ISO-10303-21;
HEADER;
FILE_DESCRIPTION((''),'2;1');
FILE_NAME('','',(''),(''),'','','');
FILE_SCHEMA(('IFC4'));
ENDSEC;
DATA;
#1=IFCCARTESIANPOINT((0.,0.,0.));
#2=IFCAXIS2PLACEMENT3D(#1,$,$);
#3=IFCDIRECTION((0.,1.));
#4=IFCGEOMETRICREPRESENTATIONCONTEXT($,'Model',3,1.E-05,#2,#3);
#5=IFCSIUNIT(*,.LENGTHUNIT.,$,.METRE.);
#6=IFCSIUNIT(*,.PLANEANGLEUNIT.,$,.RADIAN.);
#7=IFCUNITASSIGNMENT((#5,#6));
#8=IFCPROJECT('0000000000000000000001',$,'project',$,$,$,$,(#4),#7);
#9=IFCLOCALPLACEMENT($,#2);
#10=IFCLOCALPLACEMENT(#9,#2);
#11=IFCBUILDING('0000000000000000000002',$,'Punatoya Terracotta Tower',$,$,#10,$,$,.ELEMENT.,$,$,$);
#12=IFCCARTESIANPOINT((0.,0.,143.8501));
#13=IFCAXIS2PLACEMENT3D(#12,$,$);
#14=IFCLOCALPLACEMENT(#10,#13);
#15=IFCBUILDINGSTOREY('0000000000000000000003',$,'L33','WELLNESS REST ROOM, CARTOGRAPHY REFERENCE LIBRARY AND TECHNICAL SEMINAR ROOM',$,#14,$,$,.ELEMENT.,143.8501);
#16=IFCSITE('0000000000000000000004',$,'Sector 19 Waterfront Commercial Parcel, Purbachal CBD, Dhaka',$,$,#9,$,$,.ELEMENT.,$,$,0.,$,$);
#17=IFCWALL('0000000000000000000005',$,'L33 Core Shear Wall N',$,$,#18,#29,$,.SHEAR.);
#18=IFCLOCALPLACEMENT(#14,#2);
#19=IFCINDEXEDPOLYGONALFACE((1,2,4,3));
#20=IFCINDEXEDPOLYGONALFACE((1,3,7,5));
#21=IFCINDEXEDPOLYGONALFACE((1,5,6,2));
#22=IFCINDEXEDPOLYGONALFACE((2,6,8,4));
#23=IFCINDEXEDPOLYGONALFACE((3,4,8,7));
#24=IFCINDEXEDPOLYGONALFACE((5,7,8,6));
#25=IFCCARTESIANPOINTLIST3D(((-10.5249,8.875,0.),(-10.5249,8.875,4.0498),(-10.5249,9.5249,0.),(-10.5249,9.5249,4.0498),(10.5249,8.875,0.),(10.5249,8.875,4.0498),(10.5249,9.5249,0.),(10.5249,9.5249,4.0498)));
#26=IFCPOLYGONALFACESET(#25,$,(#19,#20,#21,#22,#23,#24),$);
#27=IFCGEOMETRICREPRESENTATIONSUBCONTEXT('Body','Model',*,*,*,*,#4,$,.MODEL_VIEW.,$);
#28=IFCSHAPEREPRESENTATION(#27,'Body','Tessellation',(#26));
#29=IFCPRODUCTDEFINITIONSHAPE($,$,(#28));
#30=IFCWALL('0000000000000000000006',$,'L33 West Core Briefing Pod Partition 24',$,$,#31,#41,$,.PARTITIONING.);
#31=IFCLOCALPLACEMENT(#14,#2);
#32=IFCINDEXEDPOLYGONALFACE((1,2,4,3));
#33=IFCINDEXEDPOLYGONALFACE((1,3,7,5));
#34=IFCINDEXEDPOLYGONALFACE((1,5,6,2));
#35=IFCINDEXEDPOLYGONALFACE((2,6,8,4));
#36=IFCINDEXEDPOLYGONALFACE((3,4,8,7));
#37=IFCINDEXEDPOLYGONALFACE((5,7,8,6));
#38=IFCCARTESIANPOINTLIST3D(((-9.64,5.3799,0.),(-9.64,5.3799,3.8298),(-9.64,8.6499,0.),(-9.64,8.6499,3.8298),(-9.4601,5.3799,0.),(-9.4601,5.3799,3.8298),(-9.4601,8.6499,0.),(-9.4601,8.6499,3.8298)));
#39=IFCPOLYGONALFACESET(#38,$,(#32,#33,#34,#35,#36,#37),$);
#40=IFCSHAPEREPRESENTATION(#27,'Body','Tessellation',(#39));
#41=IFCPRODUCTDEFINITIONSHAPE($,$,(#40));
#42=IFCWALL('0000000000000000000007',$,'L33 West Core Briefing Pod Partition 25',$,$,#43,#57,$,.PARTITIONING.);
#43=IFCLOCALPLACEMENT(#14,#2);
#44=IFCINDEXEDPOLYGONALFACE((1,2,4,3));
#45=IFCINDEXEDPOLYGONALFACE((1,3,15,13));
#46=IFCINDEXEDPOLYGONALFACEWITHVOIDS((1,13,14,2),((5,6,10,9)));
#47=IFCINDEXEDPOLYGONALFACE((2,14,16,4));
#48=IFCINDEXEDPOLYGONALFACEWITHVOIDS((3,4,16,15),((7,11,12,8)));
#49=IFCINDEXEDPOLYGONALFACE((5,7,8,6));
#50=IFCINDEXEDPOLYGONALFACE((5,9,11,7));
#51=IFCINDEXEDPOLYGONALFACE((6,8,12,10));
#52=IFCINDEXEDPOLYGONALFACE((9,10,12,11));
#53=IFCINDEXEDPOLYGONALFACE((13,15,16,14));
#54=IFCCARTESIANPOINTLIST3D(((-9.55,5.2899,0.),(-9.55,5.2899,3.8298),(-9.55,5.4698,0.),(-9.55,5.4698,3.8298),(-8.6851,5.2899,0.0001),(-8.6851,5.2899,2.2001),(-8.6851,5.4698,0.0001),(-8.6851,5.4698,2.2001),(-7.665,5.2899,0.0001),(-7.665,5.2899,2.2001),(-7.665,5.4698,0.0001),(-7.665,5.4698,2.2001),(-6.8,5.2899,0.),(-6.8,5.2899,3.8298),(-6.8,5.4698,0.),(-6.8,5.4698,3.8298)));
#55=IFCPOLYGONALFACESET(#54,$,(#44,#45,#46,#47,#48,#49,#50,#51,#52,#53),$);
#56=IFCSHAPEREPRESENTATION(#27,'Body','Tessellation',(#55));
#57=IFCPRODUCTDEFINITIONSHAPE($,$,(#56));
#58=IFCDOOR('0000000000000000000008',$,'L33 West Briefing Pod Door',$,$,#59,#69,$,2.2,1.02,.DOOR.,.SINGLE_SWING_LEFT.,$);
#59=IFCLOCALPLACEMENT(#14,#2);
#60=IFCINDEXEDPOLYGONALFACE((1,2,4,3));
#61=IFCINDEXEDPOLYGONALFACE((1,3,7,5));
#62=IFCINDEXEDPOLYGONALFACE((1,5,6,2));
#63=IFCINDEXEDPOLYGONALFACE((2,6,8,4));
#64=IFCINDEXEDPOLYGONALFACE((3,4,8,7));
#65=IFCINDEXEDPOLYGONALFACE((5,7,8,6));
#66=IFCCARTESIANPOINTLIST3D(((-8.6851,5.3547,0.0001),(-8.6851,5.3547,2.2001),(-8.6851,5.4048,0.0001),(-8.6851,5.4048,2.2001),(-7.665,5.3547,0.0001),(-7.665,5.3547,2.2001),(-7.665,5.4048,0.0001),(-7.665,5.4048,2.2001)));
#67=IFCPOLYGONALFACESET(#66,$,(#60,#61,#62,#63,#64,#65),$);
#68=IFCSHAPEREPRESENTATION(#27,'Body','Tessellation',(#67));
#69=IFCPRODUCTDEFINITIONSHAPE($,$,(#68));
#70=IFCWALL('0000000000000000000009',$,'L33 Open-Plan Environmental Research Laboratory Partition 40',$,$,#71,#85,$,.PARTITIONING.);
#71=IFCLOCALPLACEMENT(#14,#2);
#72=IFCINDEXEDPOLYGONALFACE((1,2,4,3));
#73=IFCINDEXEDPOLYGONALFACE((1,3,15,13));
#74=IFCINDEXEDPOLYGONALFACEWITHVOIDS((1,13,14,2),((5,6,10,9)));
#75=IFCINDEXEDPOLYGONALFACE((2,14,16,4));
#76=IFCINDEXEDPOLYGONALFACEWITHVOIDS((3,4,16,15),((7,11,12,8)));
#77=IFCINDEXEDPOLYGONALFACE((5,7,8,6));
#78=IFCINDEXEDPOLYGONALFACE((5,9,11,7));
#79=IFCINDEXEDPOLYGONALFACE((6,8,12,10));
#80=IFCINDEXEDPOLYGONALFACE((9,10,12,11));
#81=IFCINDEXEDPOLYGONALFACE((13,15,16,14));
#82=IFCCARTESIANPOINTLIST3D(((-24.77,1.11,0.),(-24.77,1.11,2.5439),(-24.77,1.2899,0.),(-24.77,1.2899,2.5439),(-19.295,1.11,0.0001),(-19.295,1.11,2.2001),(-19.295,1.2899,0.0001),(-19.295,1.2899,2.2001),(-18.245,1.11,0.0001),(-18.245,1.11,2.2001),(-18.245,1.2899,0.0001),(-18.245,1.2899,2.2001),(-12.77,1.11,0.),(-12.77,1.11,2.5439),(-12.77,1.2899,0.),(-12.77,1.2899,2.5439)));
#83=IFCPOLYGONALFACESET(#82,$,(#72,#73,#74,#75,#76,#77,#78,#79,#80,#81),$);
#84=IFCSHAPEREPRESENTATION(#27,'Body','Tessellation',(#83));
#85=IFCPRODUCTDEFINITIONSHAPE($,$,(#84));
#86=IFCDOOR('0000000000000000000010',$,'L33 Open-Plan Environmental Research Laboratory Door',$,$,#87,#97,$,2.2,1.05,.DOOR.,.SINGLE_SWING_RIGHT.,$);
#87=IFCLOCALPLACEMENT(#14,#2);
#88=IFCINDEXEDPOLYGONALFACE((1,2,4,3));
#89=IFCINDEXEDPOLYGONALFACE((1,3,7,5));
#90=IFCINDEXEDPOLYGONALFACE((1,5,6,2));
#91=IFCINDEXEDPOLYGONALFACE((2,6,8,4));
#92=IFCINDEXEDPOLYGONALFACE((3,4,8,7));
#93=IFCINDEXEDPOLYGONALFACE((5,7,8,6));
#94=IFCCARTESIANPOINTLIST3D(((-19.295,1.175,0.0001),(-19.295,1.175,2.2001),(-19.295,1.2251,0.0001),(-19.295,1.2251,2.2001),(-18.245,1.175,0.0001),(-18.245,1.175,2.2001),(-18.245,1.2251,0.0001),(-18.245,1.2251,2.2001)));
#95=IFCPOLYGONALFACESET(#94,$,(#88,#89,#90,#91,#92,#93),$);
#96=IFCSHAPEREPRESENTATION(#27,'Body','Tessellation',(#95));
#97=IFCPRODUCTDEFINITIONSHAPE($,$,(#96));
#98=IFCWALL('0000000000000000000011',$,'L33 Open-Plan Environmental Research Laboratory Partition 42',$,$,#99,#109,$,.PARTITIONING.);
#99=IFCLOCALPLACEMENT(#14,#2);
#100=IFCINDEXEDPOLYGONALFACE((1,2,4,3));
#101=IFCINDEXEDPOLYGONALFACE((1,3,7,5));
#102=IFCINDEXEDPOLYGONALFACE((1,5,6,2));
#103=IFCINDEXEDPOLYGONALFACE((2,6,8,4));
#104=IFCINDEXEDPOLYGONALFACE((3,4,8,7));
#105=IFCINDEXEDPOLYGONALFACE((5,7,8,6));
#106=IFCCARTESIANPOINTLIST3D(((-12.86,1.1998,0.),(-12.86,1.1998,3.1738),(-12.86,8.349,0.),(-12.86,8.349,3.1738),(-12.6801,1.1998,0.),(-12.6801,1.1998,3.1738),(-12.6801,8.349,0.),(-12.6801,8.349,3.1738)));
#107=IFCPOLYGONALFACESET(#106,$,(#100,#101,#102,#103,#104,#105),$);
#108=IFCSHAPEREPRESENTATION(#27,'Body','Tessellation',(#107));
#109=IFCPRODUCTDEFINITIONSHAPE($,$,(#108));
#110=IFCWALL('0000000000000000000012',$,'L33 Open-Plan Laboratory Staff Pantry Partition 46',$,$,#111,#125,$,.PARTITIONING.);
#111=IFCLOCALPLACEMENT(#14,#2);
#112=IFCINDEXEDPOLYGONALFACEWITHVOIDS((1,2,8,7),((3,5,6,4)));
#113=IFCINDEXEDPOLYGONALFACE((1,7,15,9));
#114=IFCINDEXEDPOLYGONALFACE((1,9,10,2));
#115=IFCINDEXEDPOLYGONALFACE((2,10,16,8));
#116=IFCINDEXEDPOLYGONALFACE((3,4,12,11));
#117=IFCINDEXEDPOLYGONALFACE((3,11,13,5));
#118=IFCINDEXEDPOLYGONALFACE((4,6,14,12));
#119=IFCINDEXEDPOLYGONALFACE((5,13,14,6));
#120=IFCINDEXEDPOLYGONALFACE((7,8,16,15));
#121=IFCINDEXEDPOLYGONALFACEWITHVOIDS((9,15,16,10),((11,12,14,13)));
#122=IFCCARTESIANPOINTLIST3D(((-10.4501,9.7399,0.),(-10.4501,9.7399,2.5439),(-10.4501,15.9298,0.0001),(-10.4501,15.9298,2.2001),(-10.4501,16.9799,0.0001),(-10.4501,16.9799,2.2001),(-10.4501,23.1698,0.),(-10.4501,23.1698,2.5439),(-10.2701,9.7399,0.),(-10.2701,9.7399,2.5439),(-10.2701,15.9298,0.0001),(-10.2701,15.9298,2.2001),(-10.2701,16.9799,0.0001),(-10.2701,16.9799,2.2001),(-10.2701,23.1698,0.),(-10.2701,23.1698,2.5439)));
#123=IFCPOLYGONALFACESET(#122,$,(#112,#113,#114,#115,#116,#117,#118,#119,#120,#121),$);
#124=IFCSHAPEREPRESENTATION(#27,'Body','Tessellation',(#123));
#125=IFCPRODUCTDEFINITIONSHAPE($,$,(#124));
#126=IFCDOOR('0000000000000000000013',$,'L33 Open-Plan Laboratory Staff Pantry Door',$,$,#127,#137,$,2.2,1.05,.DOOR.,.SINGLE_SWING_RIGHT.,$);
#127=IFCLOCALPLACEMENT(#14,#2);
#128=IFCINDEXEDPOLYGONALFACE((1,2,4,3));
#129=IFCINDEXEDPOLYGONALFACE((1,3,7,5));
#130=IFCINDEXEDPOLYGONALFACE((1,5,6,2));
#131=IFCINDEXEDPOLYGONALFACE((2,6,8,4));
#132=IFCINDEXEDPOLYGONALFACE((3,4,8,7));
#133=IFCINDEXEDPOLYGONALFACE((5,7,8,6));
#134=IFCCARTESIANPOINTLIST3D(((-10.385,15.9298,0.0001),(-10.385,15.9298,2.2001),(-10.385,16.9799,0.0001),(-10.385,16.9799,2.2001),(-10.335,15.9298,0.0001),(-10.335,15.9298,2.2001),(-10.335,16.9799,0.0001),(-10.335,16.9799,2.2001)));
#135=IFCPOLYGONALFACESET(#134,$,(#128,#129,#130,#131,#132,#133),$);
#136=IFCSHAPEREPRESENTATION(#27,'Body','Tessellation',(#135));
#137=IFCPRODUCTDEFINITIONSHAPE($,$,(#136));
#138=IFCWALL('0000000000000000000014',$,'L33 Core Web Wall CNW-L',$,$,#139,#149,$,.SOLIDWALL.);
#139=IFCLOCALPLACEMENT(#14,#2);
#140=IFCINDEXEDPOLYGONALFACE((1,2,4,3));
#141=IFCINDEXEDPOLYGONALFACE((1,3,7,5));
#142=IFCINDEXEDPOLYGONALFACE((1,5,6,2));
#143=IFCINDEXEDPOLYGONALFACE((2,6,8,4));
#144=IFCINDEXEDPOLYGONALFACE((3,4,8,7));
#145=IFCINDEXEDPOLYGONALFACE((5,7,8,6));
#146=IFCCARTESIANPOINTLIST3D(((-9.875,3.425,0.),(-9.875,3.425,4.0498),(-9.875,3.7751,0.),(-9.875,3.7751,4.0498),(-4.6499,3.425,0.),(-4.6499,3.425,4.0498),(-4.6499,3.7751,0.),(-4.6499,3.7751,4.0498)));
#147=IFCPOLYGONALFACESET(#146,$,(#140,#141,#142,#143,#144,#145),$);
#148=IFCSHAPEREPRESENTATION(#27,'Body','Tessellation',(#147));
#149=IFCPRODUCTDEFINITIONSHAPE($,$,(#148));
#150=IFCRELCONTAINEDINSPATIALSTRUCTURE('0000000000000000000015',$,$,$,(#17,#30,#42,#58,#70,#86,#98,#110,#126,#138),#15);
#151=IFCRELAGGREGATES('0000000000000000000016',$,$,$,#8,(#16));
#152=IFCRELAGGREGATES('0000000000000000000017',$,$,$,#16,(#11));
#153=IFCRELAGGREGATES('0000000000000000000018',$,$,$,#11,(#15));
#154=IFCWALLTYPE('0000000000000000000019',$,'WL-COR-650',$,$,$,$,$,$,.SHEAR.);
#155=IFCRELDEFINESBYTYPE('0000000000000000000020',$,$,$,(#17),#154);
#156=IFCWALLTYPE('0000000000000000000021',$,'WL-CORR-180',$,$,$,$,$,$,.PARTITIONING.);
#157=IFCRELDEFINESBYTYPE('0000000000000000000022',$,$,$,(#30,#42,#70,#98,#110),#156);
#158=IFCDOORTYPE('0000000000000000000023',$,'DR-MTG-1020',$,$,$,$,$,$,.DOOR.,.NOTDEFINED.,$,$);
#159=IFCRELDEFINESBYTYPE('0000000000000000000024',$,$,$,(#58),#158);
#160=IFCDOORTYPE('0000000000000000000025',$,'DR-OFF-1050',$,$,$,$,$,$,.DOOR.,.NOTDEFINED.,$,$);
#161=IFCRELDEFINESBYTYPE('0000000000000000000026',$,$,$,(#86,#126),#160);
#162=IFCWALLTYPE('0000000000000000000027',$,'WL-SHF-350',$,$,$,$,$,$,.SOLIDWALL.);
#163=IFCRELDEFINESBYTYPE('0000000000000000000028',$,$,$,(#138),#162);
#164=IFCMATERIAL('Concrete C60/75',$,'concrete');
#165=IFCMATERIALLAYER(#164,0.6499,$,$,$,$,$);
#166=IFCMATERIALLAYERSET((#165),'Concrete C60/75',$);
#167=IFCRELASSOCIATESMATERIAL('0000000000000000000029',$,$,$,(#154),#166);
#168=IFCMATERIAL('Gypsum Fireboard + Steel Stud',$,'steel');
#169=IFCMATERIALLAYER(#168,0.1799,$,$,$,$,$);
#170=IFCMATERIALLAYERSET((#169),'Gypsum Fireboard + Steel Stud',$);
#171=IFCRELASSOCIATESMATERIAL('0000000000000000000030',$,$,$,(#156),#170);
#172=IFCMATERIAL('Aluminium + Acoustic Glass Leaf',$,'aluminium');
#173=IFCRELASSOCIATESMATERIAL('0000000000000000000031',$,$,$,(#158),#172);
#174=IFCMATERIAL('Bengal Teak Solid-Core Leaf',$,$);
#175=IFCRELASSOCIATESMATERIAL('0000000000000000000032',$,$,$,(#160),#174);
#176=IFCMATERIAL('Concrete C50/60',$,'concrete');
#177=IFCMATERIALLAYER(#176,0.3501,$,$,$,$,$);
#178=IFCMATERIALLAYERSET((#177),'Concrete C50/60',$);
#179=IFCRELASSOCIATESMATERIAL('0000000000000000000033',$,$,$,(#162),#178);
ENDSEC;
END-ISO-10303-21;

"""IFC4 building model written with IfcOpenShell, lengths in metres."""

from ifc_helpers import new_model, si_unit, direction, frame, frame_2d, origin, place, context, subcontext, project, spatial, rectangle, extrude, material, layer, layer_set, type_object, element, fill, save


model = new_model("IFC4")

# Units and contexts
model_context = context("Model", 3, precision=1e-05, world=origin(), true_north=direction((0.0, 1.0)))
body_context = subcontext(model_context, "Body", "Model", "MODEL_VIEW")
ifc_project = project(units=[si_unit("LENGTHUNIT", "METRE"), si_unit("PLANEANGLEUNIT", "RADIAN")], contexts=[model_context])

# Site, building, storey
site_placement = place(None, origin())
site = spatial("IfcSite", under=ifc_project, at=site_placement, Name="Sector 19 Waterfront Commercial Parcel, Purbachal CBD, Dhaka", CompositionType="ELEMENT", RefElevation=0.0)
building_placement = place(site_placement, origin())
building = spatial("IfcBuilding", under=site, at=building_placement, Name="Punatoya Terracotta Tower", CompositionType="ELEMENT")
storey_placement = place(building_placement, frame((0.0, 0.0, 143.8501)))
storey = spatial("IfcBuildingStorey", under=building, at=storey_placement, Name="L33", Description="WELLNESS REST ROOM, CARTOGRAPHY REFERENCE LIBRARY AND TECHNICAL SEMINAR ROOM", CompositionType="ELEMENT", Elevation=143.8501)

# Walls
ifc_material_1 = material(Name="Concrete C60/75", Category="concrete")
ifc_layer_1 = layer(ifc_material_1, 0.6499)
ifc_layer_set_1 = layer_set([ifc_layer_1], Name="Concrete C60/75")
wall_type_1 = type_object("IfcWallType", Name="WL-COR-650", PredefinedType="SHEAR", material=ifc_layer_set_1)
wall_1_placement = place(storey_placement, frame((-10.5249, 9.2, 0.0), z_axis=(0.0, 0.0, 1.0), x_axis=(1.0, 0.0, 0.0)))
element("IfcWall", 1, at=wall_1_placement, inside=storey, type_object=wall_type_1, Name="L33 Core Shear Wall N", PredefinedType="SHEAR", context=body_context, shape_type="SweptSolid", body=[
    extrude(rectangle(XDim=21.0498, YDim=0.6499, at=frame_2d((10.5249, 0.0))), origin(), (0.0, 0.0, 1.0), 4.0498),
])
ifc_material_2 = material(Name="Gypsum Fireboard + Steel Stud", Category="steel")
ifc_layer_2 = layer(ifc_material_2, 0.1799)
ifc_layer_set_2 = layer_set([ifc_layer_2], Name="Gypsum Fireboard + Steel Stud")
wall_type_2 = type_object("IfcWallType", Name="WL-CORR-180", PredefinedType="PARTITIONING", material=ifc_layer_set_2)
wall_2_placement = place(storey_placement, frame((-9.55, 8.6499, 0.0), z_axis=(0.0, 0.0, 1.0), x_axis=(0.0, -1.0, 0.0)))
element("IfcWall", 2, at=wall_2_placement, inside=storey, type_object=wall_type_2, Name="L33 West Core Briefing Pod Partition 24", PredefinedType="PARTITIONING", context=body_context, shape_type="SweptSolid", body=[
    extrude(rectangle(XDim=3.27, YDim=0.1799, at=frame_2d((1.635, 0.0))), origin(), (0.0, 0.0, 1.0), 3.8298),
])

# Walls, openings, doors
wall_3_placement = place(storey_placement, frame((-9.55, 5.3799, 0.0), z_axis=(0.0, 0.0, 1.0), x_axis=(1.0, 0.0, 0.0)))
wall_3 = element("IfcWall", 3, at=wall_3_placement, inside=storey, type_object=wall_type_2, Name="L33 West Core Briefing Pod Partition 25", PredefinedType="PARTITIONING", context=body_context, shape_type="SweptSolid", body=[
    extrude(rectangle(XDim=2.75, YDim=0.1799, at=frame_2d((1.375, 0.0))), origin(), (0.0, 0.0, 1.0), 3.8298),
])
opening_1_placement = place(wall_3_placement, frame((0.865, 0.0, 0.0)))
opening_1 = element("IfcOpeningElement", 4, at=opening_1_placement, cuts=wall_3, PredefinedType="OPENING", context=body_context, shape_type="SweptSolid", body=[
    extrude(rectangle(XDim=1.02, YDim=2.2, at=frame_2d((0.51, 1.1001))), frame((0.0, 0.0999, 0.0), z_axis=(0.0, -1.0, 0.0), x_axis=(1.0, 0.0, 0.0)), (0.0, 0.0, 1.0), 0.2),
])
ifc_material_3 = material(Name="Aluminium + Acoustic Glass Leaf", Category="aluminium")
door_type_1 = type_object("IfcDoorType", Name="DR-MTG-1020", OperationType="NOTDEFINED", PredefinedType="DOOR", material=ifc_material_3)
door_1_placement = place(opening_1_placement, origin())
door_1 = element("IfcDoor", 5, at=door_1_placement, inside=storey, type_object=door_type_1, Name="L33 West Briefing Pod Door", OperationType="SINGLE_SWING_LEFT", OverallHeight=2.2, OverallWidth=1.02, PredefinedType="DOOR", context=body_context, shape_type="SweptSolid", body=[
    extrude(rectangle(XDim=1.02, YDim=2.2, at=frame_2d((0.51, 1.1001))), frame((0.0, 0.0249, 0.0), z_axis=(0.0, -1.0, 0.0), x_axis=(1.0, 0.0, 0.0)), (0.0, 0.0, 1.0), 0.05),
])
fill(opening_1, door_1)
wall_4_placement = place(storey_placement, frame((-12.77, 1.2, 0.0), z_axis=(0.0, 0.0, 1.0), x_axis=(-1.0, 0.0, 0.0)))
wall_4 = element("IfcWall", 6, at=wall_4_placement, inside=storey, type_object=wall_type_2, Name="L33 Open-Plan Environmental Research Laboratory Partition 40", PredefinedType="PARTITIONING", context=body_context, shape_type="SweptSolid", body=[
    extrude(rectangle(XDim=12.0, YDim=0.1799, at=frame_2d((6.0, 0.0))), origin(), (0.0, 0.0, 1.0), 2.5439),
])
opening_2_placement = place(wall_4_placement, frame((5.4751, 0.0, 0.0)))
opening_2 = element("IfcOpeningElement", 7, at=opening_2_placement, cuts=wall_4, PredefinedType="OPENING", context=body_context, shape_type="SweptSolid", body=[
    extrude(rectangle(XDim=1.05, YDim=2.2, at=frame_2d((0.5249, 1.1001))), frame((0.0, 0.0999, 0.0), z_axis=(0.0, -1.0, 0.0), x_axis=(1.0, 0.0, 0.0)), (0.0, 0.0, 1.0), 0.2),
])
ifc_material_4 = material(Name="Bengal Teak Solid-Core Leaf")
door_type_2 = type_object("IfcDoorType", Name="DR-OFF-1050", OperationType="NOTDEFINED", PredefinedType="DOOR", material=ifc_material_4)
door_2_placement = place(opening_2_placement, origin())
door_2 = element("IfcDoor", 8, at=door_2_placement, inside=storey, type_object=door_type_2, Name="L33 Open-Plan Environmental Research Laboratory Door", OperationType="SINGLE_SWING_RIGHT", OverallHeight=2.2, OverallWidth=1.05, PredefinedType="DOOR", context=body_context, shape_type="SweptSolid", body=[
    extrude(rectangle(XDim=1.05, YDim=2.2, at=frame_2d((0.5249, 1.1001))), frame((0.0, 0.0249, 0.0), z_axis=(0.0, -1.0, 0.0), x_axis=(1.0, 0.0, 0.0)), (0.0, 0.0, 1.0), 0.05),
])
fill(opening_2, door_2)

# Wall
wall_5_placement = place(storey_placement, frame((-12.77, 8.3491, 0.0), z_axis=(0.0, 0.0, 1.0), x_axis=(0.0, -1.0, 0.0)))
element("IfcWall", 9, at=wall_5_placement, inside=storey, type_object=wall_type_2, Name="L33 Open-Plan Environmental Research Laboratory Partition 42", PredefinedType="PARTITIONING", context=body_context, shape_type="SweptSolid", body=[
    extrude(rectangle(XDim=7.1492, YDim=0.1799, at=frame_2d((3.5747, 0.0))), origin(), (0.0, 0.0, 1.0), 3.1738),
])

# Wall, opening, door
wall_6_placement = place(storey_placement, frame((-10.3601, 9.74, 0.0), z_axis=(0.0, 0.0, 1.0), x_axis=(0.0, 1.0, 0.0)))
wall_6 = element("IfcWall", 10, at=wall_6_placement, inside=storey, type_object=wall_type_2, Name="L33 Open-Plan Laboratory Staff Pantry Partition 46", PredefinedType="PARTITIONING", context=body_context, shape_type="SweptSolid", body=[
    extrude(rectangle(XDim=13.4299, YDim=0.1799, at=frame_2d((6.7148, 0.0))), origin(), (0.0, 0.0, 1.0), 2.5439),
])
opening_3_placement = place(wall_6_placement, frame((6.1899, 0.0, 0.0)))
opening_3 = element("IfcOpeningElement", 11, at=opening_3_placement, cuts=wall_6, PredefinedType="OPENING", context=body_context, shape_type="SweptSolid", body=[
    extrude(rectangle(XDim=1.05, YDim=2.2, at=frame_2d((0.5249, 1.1001))), frame((0.0, 0.0999, 0.0), z_axis=(0.0, -1.0, 0.0), x_axis=(1.0, 0.0, 0.0)), (0.0, 0.0, 1.0), 0.2),
])
door_3_placement = place(opening_3_placement, origin())
door_3 = element("IfcDoor", 12, at=door_3_placement, inside=storey, type_object=door_type_2, Name="L33 Open-Plan Laboratory Staff Pantry Door", OperationType="SINGLE_SWING_RIGHT", OverallHeight=2.2, OverallWidth=1.05, PredefinedType="DOOR", context=body_context, shape_type="SweptSolid", body=[
    extrude(rectangle(XDim=1.05, YDim=2.2, at=frame_2d((0.5249, 1.1001))), frame((0.0, 0.0249, 0.0), z_axis=(0.0, -1.0, 0.0), x_axis=(1.0, 0.0, 0.0)), (0.0, 0.0, 1.0), 0.05),
])
fill(opening_3, door_3)

# Wall
ifc_material_5 = material(Name="Concrete C50/60", Category="concrete")
ifc_layer_3 = layer(ifc_material_5, 0.3501)
ifc_layer_set_3 = layer_set([ifc_layer_3], Name="Concrete C50/60")
wall_type_3 = type_object("IfcWallType", Name="WL-SHF-350", PredefinedType="SOLIDWALL", material=ifc_layer_set_3)
wall_7_placement = place(storey_placement, frame((-9.875, 3.6001, 0.0), z_axis=(0.0, 0.0, 1.0), x_axis=(1.0, 0.0, 0.0)))
element("IfcWall", 13, at=wall_7_placement, inside=storey, type_object=wall_type_3, Name="L33 Core Web Wall CNW-L", PredefinedType="SOLIDWALL", context=body_context, shape_type="SweptSolid", body=[
    extrude(rectangle(XDim=5.2251, YDim=0.3501, at=frame_2d((2.6125, 0.0))), origin(), (0.0, 0.0, 1.0), 4.0498),
])

save(model, "model.ifc")
